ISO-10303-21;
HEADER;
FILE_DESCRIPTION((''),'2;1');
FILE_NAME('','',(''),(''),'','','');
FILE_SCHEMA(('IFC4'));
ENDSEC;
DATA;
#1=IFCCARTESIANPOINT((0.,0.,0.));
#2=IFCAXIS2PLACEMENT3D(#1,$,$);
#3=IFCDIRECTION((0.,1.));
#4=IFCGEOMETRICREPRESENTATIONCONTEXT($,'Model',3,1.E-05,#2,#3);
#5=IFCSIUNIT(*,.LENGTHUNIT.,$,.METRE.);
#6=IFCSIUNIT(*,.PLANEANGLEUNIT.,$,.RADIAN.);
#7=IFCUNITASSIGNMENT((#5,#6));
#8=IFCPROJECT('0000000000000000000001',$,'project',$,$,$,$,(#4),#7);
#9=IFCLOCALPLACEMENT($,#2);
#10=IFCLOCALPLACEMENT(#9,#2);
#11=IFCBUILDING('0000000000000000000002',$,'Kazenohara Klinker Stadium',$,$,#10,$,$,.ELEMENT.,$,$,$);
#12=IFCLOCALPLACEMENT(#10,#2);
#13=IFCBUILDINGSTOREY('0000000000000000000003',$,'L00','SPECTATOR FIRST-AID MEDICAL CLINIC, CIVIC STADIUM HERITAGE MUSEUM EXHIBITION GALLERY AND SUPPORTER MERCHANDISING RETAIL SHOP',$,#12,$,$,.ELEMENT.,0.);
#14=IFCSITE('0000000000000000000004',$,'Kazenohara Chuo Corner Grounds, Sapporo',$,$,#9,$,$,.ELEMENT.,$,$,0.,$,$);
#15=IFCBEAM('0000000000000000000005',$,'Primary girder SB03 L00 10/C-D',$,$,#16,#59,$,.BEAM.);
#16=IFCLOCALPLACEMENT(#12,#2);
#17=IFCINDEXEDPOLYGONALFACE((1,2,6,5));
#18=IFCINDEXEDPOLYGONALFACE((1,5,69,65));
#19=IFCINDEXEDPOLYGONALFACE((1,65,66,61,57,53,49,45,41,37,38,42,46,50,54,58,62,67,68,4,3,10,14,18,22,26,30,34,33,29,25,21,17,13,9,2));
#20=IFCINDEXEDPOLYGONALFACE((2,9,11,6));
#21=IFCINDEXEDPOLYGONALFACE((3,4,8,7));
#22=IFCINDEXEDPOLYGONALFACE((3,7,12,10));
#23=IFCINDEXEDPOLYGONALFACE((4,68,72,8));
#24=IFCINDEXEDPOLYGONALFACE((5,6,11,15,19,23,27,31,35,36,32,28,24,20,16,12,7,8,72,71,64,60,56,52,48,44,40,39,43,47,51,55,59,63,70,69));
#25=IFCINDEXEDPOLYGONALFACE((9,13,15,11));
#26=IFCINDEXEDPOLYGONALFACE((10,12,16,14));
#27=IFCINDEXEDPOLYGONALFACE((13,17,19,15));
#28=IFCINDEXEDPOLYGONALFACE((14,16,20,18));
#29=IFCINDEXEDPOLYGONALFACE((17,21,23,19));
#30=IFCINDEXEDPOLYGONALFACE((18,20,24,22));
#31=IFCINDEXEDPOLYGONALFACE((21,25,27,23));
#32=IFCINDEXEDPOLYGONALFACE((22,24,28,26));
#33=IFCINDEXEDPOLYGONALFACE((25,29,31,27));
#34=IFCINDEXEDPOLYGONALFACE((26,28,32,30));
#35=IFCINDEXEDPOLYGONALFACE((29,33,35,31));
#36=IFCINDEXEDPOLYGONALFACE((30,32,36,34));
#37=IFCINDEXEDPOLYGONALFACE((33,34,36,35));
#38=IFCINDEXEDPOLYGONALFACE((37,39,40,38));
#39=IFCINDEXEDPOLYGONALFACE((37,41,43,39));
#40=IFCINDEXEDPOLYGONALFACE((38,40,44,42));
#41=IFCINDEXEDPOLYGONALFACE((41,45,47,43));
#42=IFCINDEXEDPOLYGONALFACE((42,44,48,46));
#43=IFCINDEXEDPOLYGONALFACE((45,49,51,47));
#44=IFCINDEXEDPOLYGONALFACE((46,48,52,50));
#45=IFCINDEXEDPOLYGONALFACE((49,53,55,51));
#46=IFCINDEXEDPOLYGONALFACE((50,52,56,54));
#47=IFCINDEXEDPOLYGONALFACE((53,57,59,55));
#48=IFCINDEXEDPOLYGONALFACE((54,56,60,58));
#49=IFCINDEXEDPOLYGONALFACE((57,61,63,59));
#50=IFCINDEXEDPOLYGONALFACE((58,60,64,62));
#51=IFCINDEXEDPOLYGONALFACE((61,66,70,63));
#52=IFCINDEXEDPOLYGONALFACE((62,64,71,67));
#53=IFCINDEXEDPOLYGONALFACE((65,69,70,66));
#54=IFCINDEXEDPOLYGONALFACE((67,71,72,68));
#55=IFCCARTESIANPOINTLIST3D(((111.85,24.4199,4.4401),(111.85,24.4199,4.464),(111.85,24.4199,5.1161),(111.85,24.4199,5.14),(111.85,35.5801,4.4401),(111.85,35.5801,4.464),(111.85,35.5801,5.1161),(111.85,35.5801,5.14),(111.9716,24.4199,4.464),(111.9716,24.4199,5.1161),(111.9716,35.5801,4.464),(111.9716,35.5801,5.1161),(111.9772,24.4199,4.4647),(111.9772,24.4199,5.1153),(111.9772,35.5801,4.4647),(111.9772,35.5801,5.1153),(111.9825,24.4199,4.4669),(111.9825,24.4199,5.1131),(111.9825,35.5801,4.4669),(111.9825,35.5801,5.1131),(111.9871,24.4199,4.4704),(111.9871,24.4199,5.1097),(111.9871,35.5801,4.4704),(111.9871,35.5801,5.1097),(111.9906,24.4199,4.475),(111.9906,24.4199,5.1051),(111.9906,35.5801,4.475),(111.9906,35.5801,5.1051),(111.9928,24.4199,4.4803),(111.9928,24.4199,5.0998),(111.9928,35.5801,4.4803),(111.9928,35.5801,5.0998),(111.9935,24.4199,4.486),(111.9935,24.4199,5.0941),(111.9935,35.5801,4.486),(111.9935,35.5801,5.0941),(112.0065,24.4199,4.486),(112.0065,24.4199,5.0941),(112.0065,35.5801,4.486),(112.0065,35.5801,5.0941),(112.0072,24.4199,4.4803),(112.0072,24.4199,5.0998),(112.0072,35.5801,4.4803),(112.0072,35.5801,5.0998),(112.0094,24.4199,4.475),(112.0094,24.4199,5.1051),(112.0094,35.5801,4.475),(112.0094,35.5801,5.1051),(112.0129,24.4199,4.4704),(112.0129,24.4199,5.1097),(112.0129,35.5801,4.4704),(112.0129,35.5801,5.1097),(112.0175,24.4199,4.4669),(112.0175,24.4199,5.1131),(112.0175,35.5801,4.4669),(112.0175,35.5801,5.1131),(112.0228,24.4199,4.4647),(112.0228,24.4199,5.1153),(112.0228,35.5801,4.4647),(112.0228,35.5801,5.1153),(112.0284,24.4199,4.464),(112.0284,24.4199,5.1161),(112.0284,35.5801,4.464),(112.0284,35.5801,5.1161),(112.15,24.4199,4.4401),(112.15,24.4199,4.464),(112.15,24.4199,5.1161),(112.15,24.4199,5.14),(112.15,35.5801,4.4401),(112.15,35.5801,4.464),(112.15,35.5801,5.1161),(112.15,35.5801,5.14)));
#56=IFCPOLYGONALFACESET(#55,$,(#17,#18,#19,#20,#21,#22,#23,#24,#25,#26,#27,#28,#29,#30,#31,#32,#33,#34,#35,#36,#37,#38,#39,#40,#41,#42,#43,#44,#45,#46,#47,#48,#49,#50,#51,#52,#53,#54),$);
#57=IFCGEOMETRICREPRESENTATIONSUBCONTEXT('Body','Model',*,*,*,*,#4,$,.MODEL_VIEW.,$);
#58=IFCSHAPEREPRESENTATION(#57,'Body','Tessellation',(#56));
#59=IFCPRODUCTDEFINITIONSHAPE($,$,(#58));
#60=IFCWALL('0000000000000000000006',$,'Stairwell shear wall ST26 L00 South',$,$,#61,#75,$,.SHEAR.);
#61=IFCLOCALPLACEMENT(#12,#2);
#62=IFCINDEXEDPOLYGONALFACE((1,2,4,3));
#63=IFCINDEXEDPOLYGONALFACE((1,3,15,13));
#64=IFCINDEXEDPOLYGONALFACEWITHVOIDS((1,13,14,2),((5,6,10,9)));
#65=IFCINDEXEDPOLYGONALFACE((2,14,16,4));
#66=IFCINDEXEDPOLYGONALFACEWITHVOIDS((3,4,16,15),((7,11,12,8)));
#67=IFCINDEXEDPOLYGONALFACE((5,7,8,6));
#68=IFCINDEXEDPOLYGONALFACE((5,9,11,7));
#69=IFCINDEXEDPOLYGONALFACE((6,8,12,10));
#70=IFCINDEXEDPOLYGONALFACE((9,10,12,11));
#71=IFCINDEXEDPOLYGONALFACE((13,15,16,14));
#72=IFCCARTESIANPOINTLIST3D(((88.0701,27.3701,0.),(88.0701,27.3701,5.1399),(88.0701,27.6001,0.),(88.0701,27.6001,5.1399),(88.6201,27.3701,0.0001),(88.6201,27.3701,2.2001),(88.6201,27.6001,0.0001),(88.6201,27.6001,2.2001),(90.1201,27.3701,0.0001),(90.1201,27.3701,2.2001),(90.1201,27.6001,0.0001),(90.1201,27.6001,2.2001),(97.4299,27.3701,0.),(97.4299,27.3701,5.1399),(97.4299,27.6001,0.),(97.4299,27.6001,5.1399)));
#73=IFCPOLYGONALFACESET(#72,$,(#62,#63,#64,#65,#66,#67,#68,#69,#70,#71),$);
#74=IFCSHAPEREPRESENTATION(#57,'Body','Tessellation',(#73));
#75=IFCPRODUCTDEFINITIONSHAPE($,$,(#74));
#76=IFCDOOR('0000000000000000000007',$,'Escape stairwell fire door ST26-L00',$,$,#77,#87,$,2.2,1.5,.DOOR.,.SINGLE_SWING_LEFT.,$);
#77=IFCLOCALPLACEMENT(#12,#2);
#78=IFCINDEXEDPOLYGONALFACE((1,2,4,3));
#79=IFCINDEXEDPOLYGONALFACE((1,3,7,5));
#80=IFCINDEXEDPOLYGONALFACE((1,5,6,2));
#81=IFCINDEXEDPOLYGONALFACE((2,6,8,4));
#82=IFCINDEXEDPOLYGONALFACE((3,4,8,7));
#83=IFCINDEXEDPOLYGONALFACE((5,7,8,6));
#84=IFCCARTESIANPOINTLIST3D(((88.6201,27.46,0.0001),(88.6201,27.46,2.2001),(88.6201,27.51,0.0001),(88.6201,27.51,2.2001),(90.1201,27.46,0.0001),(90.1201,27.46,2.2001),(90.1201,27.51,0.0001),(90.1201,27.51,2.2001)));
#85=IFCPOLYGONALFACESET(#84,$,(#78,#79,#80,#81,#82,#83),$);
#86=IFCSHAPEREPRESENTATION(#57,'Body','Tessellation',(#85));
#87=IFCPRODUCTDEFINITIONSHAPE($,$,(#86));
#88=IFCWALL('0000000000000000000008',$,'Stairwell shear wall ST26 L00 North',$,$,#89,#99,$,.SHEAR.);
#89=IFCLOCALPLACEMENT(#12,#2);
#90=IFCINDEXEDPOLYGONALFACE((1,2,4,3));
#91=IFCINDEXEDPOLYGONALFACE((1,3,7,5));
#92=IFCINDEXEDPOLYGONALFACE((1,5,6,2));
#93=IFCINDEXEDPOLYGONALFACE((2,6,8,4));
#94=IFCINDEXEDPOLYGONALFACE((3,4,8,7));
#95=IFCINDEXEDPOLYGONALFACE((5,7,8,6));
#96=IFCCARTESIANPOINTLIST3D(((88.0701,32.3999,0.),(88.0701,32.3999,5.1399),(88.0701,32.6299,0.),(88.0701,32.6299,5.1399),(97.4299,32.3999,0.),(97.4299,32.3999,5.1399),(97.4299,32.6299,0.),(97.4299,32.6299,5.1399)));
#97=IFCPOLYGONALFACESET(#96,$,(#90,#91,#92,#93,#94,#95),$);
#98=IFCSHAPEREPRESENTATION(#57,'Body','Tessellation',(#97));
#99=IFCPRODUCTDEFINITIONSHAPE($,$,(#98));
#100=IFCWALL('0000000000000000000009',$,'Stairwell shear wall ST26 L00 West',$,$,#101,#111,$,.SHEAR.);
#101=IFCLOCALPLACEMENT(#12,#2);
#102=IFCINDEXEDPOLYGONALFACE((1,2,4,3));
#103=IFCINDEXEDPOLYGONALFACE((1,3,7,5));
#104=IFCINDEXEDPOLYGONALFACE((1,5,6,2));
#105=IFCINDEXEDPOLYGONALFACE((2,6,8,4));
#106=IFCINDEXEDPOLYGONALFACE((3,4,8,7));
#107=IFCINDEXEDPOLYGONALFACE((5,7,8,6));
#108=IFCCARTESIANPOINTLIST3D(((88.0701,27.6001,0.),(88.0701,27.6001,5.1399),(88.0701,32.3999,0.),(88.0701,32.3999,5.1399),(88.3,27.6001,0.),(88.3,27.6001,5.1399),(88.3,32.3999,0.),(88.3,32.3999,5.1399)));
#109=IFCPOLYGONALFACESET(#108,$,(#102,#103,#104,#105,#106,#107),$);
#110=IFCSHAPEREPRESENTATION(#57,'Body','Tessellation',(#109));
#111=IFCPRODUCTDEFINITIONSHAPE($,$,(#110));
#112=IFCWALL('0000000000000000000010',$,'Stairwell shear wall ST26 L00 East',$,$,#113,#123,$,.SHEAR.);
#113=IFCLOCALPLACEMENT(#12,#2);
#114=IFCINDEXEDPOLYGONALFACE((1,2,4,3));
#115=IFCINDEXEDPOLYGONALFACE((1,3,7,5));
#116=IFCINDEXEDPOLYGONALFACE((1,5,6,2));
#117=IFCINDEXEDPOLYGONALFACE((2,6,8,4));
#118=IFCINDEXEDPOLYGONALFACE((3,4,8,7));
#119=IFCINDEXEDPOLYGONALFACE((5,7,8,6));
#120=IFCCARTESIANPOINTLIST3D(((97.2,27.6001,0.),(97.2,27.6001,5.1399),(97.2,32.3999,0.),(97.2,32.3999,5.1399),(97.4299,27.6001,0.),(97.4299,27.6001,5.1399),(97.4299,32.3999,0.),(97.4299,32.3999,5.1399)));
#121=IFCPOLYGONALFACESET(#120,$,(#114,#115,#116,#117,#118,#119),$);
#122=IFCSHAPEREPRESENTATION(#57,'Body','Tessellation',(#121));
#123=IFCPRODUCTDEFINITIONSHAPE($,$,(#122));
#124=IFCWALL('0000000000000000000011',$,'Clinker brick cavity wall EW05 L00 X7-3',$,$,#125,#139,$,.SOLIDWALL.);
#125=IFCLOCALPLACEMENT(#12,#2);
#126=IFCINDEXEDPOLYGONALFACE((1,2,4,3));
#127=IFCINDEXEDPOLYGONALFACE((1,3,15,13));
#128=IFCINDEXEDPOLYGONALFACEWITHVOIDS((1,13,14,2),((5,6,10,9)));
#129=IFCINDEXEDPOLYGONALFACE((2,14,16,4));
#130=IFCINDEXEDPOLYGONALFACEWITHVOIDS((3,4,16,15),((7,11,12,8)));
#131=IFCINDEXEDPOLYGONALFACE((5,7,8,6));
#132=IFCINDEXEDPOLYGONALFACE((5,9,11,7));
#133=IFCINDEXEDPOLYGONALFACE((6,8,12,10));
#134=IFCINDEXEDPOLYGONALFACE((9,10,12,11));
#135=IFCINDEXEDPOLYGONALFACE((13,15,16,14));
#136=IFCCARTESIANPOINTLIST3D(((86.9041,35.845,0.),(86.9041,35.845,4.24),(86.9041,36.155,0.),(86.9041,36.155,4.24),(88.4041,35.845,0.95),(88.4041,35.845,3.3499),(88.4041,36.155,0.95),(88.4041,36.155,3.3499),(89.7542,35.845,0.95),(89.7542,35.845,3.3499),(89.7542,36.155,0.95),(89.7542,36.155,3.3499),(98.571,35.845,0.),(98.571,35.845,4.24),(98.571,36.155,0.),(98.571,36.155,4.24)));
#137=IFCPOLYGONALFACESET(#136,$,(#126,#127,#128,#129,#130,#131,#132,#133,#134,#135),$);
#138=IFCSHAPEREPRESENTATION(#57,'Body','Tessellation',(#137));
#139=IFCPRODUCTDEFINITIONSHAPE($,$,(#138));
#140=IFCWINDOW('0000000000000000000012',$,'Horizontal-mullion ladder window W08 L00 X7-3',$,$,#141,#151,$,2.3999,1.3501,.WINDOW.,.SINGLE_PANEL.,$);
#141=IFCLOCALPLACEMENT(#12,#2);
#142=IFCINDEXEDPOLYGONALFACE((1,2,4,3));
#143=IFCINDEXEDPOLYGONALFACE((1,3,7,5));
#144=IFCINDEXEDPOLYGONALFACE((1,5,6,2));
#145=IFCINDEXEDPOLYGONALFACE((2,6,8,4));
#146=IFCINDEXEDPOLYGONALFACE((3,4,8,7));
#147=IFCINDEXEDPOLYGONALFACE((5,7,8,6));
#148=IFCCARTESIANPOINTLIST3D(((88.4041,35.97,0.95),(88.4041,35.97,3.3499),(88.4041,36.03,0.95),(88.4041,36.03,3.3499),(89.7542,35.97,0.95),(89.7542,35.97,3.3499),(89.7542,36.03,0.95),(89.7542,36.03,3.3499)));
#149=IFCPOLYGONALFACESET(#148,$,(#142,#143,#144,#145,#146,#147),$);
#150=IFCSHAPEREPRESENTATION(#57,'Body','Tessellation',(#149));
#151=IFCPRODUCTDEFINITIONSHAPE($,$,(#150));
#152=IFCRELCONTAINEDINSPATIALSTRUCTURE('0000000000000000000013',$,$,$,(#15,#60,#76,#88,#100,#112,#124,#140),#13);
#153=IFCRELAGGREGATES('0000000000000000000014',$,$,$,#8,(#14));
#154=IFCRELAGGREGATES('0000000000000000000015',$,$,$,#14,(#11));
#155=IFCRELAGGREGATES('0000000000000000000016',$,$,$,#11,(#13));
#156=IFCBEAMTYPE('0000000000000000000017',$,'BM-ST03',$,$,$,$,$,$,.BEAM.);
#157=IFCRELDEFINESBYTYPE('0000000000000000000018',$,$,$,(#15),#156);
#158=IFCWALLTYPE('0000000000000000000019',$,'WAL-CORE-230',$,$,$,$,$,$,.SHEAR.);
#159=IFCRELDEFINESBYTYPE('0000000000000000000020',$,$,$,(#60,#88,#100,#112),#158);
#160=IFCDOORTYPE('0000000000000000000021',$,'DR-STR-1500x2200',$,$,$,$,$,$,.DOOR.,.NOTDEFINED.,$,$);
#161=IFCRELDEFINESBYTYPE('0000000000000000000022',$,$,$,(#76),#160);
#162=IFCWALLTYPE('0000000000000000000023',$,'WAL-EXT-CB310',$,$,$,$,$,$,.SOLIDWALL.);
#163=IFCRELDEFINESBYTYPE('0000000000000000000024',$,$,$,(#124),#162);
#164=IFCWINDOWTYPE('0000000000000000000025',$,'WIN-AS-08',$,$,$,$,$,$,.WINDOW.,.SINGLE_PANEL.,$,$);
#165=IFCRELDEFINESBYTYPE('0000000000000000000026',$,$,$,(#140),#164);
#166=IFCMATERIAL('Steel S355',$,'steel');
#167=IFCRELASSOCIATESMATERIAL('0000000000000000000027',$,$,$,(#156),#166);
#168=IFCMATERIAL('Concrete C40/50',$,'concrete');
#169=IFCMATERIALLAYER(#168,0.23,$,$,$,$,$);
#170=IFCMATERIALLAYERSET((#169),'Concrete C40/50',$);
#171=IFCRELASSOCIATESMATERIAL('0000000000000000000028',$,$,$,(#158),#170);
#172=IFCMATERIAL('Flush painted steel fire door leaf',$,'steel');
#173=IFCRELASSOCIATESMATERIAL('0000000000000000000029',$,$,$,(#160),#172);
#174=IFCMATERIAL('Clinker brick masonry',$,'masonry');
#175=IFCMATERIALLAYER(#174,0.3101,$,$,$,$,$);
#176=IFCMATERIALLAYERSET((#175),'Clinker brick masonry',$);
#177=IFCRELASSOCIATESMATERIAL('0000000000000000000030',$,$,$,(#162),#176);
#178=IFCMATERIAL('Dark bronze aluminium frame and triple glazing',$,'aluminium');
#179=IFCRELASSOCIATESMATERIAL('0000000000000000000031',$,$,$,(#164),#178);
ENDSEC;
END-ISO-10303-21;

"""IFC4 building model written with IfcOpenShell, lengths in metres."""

from ifc_helpers import new_model, si_unit, direction, frame, frame_2d, origin, origin_2d, place, context, subcontext, project, spatial, rectangle, i_section, extrude, material, layer, layer_set, material_profile, profile_set, type_object, element, fill, save


model = new_model("IFC4")

# Units and contexts
model_context = context("Model", 3, precision=1e-05, world=origin(), true_north=direction((0.0, 1.0)))
body_context = subcontext(model_context, "Body", "Model", "MODEL_VIEW")
ifc_project = project(units=[si_unit("LENGTHUNIT", "METRE"), si_unit("PLANEANGLEUNIT", "RADIAN")], contexts=[model_context])

# Site, building, storey
site_placement = place(None, origin())
site = spatial("IfcSite", under=ifc_project, at=site_placement, Name="Kazenohara Chuo Corner Grounds, Sapporo", CompositionType="ELEMENT", RefElevation=0.0)
building_placement = place(site_placement, origin())
building = spatial("IfcBuilding", under=site, at=building_placement, Name="Kazenohara Klinker Stadium", CompositionType="ELEMENT")
storey_placement = place(building_placement, origin())
storey = spatial("IfcBuildingStorey", under=building, at=storey_placement, Name="L00", Description="SPECTATOR FIRST-AID MEDICAL CLINIC, CIVIC STADIUM HERITAGE MUSEUM EXHIBITION GALLERY AND SUPPORTER MERCHANDISING RETAIL SHOP", CompositionType="ELEMENT", Elevation=0.0)

# Shared definitions
ifc_material_1 = material(Name="Concrete C40/50", Category="concrete")

# Beam
ifc_material_2 = material(Name="Steel S355", Category="steel")
ifc_material_profile_1 = material_profile(ifc_material_2, i_section(OverallWidth=0.3, OverallDepth=0.7, WebThickness=0.0129, FlangeThickness=0.0239, FilletRadius=0.022, at=origin_2d()), Name="H-700x300x13x24")
ifc_profile_set_1 = profile_set([ifc_material_profile_1], Name="Steel S355")
beam_type_1 = type_object("IfcBeamType", Name="BM-ST03", PredefinedType="BEAM", material=ifc_profile_set_1)
beam_1_placement = place(storey_placement, frame((112.0, 24.4199, 4.79), z_axis=(0.0, 1.0, 0.0), x_axis=(-1.0, 0.0, 0.0)))
element("IfcBeam", 1, at=beam_1_placement, inside=storey, type_object=beam_type_1, Name="Primary girder SB03 L00 10/C-D", PredefinedType="BEAM", context=body_context, shape_type="SweptSolid", body=[
    extrude(i_section(OverallWidth=0.3, OverallDepth=0.7, WebThickness=0.0129, FlangeThickness=0.0239, FilletRadius=0.022, at=origin_2d()), origin(), (0.0, 0.0, 1.0), 11.1602),
])

# Wall, opening, door
ifc_layer_1 = layer(ifc_material_1, 0.23)
ifc_layer_set_1 = layer_set([ifc_layer_1], Name="Concrete C40/50")
wall_type_1 = type_object("IfcWallType", Name="WAL-CORE-230", PredefinedType="SHEAR", material=ifc_layer_set_1)
wall_1_placement = place(storey_placement, frame((88.0701, 27.4851, 0.0), z_axis=(0.0, 0.0, 1.0), x_axis=(1.0, 0.0, 0.0)))
wall_1 = element("IfcWall", 2, at=wall_1_placement, inside=storey, type_object=wall_type_1, Name="Stairwell shear wall ST26 L00 South", PredefinedType="SHEAR", context=body_context, shape_type="SweptSolid", body=[
    extrude(rectangle(XDim=9.3599, YDim=0.23, at=frame_2d((4.6799, 0.0))), origin(), (0.0, 0.0, 1.0), 5.1399),
])
opening_1_placement = place(wall_1_placement, frame((0.55, 0.0, 0.0)))
opening_1 = element("IfcOpeningElement", 3, at=opening_1_placement, cuts=wall_1, PredefinedType="OPENING", context=body_context, shape_type="SweptSolid", body=[
    extrude(rectangle(XDim=1.5, YDim=2.2, at=frame_2d((0.75, 1.1001))), frame((0.0, 0.125, 0.0), z_axis=(0.0, -1.0, 0.0), x_axis=(1.0, 0.0, 0.0)), (0.0, 0.0, 1.0), 0.25),
])
ifc_material_3 = material(Name="Flush painted steel fire door leaf", Category="steel")
door_type_1 = type_object("IfcDoorType", Name="DR-STR-1500x2200", OperationType="NOTDEFINED", PredefinedType="DOOR", material=ifc_material_3)
door_1_placement = place(opening_1_placement, origin())
door_1 = element("IfcDoor", 4, at=door_1_placement, inside=storey, type_object=door_type_1, Name="Escape stairwell fire door ST26-L00", OperationType="SINGLE_SWING_LEFT", OverallHeight=2.2, OverallWidth=1.5, PredefinedType="DOOR", context=body_context, shape_type="SweptSolid", body=[
    extrude(rectangle(XDim=1.5, YDim=2.2, at=frame_2d((0.75, 1.1001))), frame((0.0, 0.0249, 0.0), z_axis=(0.0, -1.0, 0.0), x_axis=(1.0, 0.0, 0.0)), (0.0, 0.0, 1.0), 0.05),
])
fill(opening_1, door_1)

# Walls
wall_2_placement = place(storey_placement, frame((88.0701, 32.5149, 0.0), z_axis=(0.0, 0.0, 1.0), x_axis=(1.0, 0.0, 0.0)))
element("IfcWall", 5, at=wall_2_placement, inside=storey, type_object=wall_type_1, Name="Stairwell shear wall ST26 L00 North", PredefinedType="SHEAR", context=body_context, shape_type="SweptSolid", body=[
    extrude(rectangle(XDim=9.3599, YDim=0.23, at=frame_2d((4.6799, 0.0))), origin(), (0.0, 0.0, 1.0), 5.1399),
])
for number, where, z_axis, x_axis, name in (
    (6, (88.1851, 27.6001, 0.0), (0.0, 0.0, 1.0), (0.0, 1.0, 0.0), "Stairwell shear wall ST26 L00 West"),
    (7, (97.3149, 27.6001, 0.0), (0.0, 0.0, 1.0), (0.0, 1.0, 0.0), "Stairwell shear wall ST26 L00 East"),
):
    element("IfcWall", number, at=place(storey_placement, frame(where, z_axis=z_axis, x_axis=x_axis)), inside=storey, type_object=wall_type_1, Name=name, PredefinedType="SHEAR", context=body_context, shape_type="SweptSolid", body=[
        extrude(rectangle(XDim=4.7998, YDim=0.23, at=frame_2d((2.3999, 0.0))), origin(), (0.0, 0.0, 1.0), 5.1399),
    ])

# Wall, opening, window
ifc_material_4 = material(Name="Clinker brick masonry", Category="masonry")
ifc_layer_2 = layer(ifc_material_4, 0.3101)
ifc_layer_set_2 = layer_set([ifc_layer_2], Name="Clinker brick masonry")
wall_type_2 = type_object("IfcWallType", Name="WAL-EXT-CB310", PredefinedType="SOLIDWALL", material=ifc_layer_set_2)
wall_3_placement = place(storey_placement, frame((86.9041, 36.0, 0.0), z_axis=(0.0, 0.0, 1.0), x_axis=(1.0, 0.0, 0.0)))
wall_3 = element("IfcWall", 8, at=wall_3_placement, inside=storey, type_object=wall_type_2, Name="Clinker brick cavity wall EW05 L00 X7-3", PredefinedType="SOLIDWALL", context=body_context, shape_type="SweptSolid", body=[
    extrude(rectangle(XDim=11.667, YDim=0.3101, at=frame_2d((5.8335, 0.0))), origin(), (0.0, 0.0, 1.0), 4.24),
])
opening_2_placement = place(wall_3_placement, frame((1.5, 0.0, 0.95)))
opening_2 = element("IfcOpeningElement", 9, at=opening_2_placement, cuts=wall_3, PredefinedType="OPENING", context=body_context, shape_type="SweptSolid", body=[
    extrude(rectangle(XDim=1.3501, YDim=2.3999, at=frame_2d((0.675, 1.2))), frame((0.0, 0.165, 0.0), z_axis=(0.0, -1.0, 0.0), x_axis=(1.0, 0.0, 0.0)), (0.0, 0.0, 1.0), 0.3301),
])
ifc_material_5 = material(Name="Dark bronze aluminium frame and triple glazing", Category="aluminium")
window_type_1 = type_object("IfcWindowType", Name="WIN-AS-08", PartitioningType="SINGLE_PANEL", PredefinedType="WINDOW", material=ifc_material_5)
window_1_placement = place(opening_2_placement, origin())
window_1 = element("IfcWindow", 10, at=window_1_placement, inside=storey, type_object=window_type_1, Name="Horizontal-mullion ladder window W08 L00 X7-3", OverallHeight=2.3999, OverallWidth=1.3501, PartitioningType="SINGLE_PANEL", PredefinedType="WINDOW", context=body_context, shape_type="SweptSolid", body=[
    extrude(rectangle(XDim=1.3501, YDim=2.3999, at=frame_2d((0.675, 1.2))), frame((0.0, 0.03, 0.0), z_axis=(0.0, -1.0, 0.0), x_axis=(1.0, 0.0, 0.0)), (0.0, 0.0, 1.0), 0.0601),
])
fill(opening_2, window_1)

save(model, "model.ifc")
